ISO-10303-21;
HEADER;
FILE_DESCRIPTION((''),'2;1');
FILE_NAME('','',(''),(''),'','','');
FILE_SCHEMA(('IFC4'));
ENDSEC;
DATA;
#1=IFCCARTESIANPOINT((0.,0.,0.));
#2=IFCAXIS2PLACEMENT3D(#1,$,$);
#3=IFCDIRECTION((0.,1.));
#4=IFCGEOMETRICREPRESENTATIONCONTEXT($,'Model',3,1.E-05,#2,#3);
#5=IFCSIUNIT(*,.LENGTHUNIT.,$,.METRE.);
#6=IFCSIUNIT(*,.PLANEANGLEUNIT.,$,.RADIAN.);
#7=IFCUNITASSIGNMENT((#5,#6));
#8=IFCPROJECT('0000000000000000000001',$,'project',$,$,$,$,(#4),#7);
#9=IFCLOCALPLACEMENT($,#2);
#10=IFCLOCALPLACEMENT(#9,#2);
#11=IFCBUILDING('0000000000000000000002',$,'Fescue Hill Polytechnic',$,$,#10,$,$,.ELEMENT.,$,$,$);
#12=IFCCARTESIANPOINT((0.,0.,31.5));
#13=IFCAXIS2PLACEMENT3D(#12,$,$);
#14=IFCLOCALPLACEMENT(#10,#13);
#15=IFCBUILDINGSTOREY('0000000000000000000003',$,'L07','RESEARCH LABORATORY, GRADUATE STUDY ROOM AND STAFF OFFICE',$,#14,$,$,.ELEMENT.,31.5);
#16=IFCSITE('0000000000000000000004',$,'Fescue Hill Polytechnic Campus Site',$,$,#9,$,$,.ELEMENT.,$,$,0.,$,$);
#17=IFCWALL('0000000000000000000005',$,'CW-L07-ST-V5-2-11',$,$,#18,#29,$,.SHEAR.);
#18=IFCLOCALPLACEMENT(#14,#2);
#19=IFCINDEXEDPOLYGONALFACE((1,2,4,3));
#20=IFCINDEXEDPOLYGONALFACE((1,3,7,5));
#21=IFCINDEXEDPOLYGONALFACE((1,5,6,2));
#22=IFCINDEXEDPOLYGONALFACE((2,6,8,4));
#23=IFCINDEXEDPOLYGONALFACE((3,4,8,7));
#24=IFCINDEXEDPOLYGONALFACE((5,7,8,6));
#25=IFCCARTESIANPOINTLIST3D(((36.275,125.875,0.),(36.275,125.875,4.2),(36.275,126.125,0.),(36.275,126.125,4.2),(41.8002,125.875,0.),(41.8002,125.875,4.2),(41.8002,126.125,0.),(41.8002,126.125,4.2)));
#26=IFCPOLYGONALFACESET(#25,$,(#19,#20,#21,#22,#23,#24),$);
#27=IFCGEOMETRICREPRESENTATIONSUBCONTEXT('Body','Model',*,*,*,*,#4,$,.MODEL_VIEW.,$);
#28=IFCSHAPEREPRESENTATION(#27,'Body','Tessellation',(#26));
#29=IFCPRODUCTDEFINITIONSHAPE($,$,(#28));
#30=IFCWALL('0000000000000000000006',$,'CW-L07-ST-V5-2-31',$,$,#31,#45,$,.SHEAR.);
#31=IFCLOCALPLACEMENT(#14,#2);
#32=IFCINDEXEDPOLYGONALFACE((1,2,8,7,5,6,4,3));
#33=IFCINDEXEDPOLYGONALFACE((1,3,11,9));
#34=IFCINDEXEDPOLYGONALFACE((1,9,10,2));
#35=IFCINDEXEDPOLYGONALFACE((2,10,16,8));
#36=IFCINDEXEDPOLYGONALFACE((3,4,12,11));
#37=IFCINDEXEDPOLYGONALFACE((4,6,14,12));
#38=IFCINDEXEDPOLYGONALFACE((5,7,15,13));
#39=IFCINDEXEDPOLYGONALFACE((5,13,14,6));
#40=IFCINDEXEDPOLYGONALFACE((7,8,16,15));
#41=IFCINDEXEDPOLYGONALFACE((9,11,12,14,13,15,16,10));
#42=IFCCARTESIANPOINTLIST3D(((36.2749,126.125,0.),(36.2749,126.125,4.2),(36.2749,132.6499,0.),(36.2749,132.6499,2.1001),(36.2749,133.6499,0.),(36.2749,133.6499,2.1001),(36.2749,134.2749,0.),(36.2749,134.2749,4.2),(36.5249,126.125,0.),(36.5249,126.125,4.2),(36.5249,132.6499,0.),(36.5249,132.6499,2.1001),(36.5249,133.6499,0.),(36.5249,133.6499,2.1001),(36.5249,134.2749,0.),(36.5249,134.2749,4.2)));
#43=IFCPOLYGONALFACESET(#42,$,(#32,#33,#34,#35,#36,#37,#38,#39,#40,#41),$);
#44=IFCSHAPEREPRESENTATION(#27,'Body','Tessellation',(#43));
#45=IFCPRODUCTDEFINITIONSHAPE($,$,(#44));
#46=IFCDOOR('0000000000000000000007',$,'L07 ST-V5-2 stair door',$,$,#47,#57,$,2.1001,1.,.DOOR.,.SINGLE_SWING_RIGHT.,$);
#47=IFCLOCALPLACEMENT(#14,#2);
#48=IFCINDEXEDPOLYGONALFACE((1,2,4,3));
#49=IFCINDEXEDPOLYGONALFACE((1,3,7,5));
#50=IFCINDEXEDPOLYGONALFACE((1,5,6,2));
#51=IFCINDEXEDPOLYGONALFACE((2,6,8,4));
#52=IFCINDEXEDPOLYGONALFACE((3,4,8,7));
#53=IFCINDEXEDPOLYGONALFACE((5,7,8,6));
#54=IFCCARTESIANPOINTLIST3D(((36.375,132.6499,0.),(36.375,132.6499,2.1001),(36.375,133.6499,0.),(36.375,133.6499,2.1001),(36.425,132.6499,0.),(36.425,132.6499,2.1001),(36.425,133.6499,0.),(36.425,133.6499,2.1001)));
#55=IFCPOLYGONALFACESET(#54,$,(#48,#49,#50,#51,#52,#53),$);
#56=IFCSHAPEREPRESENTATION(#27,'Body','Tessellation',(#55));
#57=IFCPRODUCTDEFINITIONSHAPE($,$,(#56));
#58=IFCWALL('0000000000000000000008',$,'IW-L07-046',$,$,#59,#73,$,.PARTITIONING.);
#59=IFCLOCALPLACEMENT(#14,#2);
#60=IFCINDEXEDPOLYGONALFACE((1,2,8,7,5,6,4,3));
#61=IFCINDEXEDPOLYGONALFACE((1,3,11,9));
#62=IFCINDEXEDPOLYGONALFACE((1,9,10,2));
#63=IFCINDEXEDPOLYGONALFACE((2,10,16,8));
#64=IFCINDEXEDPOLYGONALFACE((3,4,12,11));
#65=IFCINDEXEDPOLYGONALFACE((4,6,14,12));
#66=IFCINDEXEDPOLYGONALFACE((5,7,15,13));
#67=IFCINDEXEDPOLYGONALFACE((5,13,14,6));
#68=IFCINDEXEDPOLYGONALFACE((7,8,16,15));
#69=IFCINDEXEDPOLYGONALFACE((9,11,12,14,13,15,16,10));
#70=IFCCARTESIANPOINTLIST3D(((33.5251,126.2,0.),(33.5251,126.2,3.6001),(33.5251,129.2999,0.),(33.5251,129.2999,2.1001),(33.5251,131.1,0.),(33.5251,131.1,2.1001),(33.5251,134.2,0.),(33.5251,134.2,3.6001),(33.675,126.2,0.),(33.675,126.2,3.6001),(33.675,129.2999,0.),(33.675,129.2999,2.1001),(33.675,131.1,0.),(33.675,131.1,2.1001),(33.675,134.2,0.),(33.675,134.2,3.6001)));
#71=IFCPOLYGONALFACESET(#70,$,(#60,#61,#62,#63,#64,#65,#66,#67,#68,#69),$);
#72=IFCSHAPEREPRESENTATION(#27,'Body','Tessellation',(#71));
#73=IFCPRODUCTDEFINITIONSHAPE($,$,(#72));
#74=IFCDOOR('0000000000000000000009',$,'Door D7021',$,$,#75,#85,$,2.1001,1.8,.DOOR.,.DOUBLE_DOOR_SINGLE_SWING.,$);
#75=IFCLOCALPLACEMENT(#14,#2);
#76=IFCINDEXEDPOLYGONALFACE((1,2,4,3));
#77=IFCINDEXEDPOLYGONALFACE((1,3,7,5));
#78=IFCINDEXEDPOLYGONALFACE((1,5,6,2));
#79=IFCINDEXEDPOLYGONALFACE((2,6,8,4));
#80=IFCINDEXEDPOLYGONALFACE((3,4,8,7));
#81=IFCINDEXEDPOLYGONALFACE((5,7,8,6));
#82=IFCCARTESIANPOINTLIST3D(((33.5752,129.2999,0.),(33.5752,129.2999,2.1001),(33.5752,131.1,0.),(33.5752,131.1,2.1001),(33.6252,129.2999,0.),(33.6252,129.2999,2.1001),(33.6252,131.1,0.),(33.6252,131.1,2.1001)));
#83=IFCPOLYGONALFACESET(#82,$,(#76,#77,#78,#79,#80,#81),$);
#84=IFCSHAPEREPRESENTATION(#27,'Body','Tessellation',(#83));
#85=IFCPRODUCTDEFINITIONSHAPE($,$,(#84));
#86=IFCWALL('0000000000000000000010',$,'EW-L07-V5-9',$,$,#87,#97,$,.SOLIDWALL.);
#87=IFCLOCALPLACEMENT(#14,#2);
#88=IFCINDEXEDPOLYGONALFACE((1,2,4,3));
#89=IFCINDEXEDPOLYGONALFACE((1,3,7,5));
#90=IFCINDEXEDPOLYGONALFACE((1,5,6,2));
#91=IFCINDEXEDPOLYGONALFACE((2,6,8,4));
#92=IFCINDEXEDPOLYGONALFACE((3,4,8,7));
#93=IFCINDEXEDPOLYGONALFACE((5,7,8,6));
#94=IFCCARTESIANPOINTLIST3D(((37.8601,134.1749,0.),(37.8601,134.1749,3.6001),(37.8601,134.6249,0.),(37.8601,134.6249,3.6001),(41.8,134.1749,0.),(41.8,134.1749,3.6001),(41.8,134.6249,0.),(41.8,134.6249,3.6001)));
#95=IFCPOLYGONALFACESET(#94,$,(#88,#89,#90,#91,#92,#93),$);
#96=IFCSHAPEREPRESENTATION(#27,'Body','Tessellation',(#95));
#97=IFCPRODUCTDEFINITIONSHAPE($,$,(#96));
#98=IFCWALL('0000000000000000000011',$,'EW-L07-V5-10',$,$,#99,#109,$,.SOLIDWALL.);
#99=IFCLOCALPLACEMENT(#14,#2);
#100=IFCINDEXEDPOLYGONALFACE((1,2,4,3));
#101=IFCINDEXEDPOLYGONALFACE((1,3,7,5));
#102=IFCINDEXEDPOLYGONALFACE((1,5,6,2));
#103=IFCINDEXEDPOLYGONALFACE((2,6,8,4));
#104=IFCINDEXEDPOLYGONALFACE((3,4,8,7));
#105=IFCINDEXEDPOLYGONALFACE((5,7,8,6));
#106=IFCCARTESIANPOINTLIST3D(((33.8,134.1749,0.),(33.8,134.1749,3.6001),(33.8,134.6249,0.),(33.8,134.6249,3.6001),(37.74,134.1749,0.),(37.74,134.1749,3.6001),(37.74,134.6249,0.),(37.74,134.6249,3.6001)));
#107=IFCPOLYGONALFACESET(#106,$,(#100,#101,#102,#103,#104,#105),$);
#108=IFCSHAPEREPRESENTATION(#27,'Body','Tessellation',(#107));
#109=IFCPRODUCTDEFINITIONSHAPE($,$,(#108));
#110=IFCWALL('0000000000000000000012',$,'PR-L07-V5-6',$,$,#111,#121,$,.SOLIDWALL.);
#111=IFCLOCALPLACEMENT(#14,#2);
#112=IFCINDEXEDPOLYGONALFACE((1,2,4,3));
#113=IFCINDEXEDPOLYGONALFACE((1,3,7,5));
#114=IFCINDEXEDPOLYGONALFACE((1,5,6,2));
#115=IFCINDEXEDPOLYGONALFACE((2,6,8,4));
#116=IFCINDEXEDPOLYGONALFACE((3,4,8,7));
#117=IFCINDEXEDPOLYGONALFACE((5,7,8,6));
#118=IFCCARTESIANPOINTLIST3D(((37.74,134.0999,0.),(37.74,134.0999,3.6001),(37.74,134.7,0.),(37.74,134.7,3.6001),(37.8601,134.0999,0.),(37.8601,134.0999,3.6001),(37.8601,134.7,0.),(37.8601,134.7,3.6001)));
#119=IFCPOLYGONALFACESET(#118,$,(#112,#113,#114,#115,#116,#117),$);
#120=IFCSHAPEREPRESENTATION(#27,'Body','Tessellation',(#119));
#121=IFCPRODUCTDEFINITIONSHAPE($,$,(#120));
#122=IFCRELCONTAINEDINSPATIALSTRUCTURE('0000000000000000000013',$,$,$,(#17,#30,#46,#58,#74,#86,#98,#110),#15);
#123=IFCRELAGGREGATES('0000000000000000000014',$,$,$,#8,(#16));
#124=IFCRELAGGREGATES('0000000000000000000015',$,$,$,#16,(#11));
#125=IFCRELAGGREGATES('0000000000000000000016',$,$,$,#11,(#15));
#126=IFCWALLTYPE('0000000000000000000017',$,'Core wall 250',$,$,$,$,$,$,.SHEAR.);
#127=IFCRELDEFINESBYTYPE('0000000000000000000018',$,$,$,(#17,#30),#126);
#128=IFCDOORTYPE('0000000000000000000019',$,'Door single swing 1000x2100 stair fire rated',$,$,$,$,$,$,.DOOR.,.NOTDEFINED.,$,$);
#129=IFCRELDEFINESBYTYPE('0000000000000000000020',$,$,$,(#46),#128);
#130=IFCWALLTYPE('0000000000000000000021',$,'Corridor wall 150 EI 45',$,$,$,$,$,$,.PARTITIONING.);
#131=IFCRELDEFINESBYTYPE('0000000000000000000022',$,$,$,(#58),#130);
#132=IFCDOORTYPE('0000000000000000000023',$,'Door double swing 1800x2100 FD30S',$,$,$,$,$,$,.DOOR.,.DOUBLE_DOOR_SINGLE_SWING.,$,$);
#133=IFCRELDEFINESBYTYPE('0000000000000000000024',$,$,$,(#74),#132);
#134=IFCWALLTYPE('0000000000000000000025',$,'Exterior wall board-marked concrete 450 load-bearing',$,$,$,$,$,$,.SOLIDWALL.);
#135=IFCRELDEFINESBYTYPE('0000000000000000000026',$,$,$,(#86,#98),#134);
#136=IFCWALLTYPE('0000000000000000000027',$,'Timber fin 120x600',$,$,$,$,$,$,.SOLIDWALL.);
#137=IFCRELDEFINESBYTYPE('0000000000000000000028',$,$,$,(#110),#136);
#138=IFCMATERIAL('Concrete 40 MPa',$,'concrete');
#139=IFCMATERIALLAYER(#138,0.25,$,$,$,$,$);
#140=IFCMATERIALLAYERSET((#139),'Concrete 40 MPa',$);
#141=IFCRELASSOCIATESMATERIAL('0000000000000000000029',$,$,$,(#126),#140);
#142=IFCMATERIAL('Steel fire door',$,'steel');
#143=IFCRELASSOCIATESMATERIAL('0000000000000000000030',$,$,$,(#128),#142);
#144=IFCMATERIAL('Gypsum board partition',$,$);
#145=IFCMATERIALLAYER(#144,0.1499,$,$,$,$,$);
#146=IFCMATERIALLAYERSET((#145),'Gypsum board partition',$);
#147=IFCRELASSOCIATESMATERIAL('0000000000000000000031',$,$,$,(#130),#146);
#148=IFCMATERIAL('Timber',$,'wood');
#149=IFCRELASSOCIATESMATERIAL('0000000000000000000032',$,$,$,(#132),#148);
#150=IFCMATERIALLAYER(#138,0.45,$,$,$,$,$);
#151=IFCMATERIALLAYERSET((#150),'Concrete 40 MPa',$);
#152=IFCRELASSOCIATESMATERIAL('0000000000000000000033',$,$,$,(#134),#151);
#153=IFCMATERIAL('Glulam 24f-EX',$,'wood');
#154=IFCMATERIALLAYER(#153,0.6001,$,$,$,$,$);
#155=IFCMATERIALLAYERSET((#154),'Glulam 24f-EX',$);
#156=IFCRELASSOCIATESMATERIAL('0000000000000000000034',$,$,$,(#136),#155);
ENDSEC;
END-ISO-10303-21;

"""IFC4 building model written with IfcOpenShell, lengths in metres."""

from ifc_helpers import new_model, si_unit, direction, frame, frame_2d, origin, place, context, subcontext, project, spatial, rectangle, extrude, material, layer, layer_set, type_object, element, fill, save


model = new_model("IFC4")

# Units and contexts
model_context = context("Model", 3, precision=1e-05, world=origin(), true_north=direction((0.0, 1.0)))
body_context = subcontext(model_context, "Body", "Model", "MODEL_VIEW")
ifc_project = project(units=[si_unit("LENGTHUNIT", "METRE"), si_unit("PLANEANGLEUNIT", "RADIAN")], contexts=[model_context])

# Site, building, storey
site_placement = place(None, origin())
site = spatial("IfcSite", under=ifc_project, at=site_placement, Name="Fescue Hill Polytechnic Campus Site", CompositionType="ELEMENT", RefElevation=0.0)
building_placement = place(site_placement, origin())
building = spatial("IfcBuilding", under=site, at=building_placement, Name="Fescue Hill Polytechnic", CompositionType="ELEMENT")
storey_placement = place(building_placement, frame((0.0, 0.0, 31.5)))
storey = spatial("IfcBuildingStorey", under=building, at=storey_placement, Name="L07", Description="RESEARCH LABORATORY, GRADUATE STUDY ROOM AND STAFF OFFICE", CompositionType="ELEMENT", Elevation=31.5)

# Shared definitions
ifc_material_1 = material(Name="Concrete 40 MPa", Category="concrete")

# Wall
ifc_layer_1 = layer(ifc_material_1, 0.25)
ifc_layer_set_1 = layer_set([ifc_layer_1], Name="Concrete 40 MPa")
wall_type_1 = type_object("IfcWallType", Name="Core wall 250", PredefinedType="SHEAR", material=ifc_layer_set_1)
wall_1_placement = place(storey_placement, frame((36.2749, 126.0, 0.0), z_axis=(0.0, 0.0, 1.0), x_axis=(1.0, 0.0, 0.0)))
element("IfcWall", 1, at=wall_1_placement, inside=storey, type_object=wall_type_1, Name="CW-L07-ST-V5-2-11", PredefinedType="SHEAR", context=body_context, shape_type="SweptSolid", body=[
    extrude(rectangle(XDim=5.5251, YDim=0.25, at=frame_2d((2.7627, 0.0))), origin(), (0.0, 0.0, 1.0), 4.2),
])

# Walls, openings, doors
wall_2_placement = place(storey_placement, frame((36.3999, 126.125, 0.0), z_axis=(0.0, 0.0, 1.0), x_axis=(0.0, 1.0, 0.0)))
wall_2 = element("IfcWall", 2, at=wall_2_placement, inside=storey, type_object=wall_type_1, Name="CW-L07-ST-V5-2-31", PredefinedType="SHEAR", context=body_context, shape_type="SweptSolid", body=[
    extrude(rectangle(XDim=8.1499, YDim=0.25, at=frame_2d((4.075, 0.0))), origin(), (0.0, 0.0, 1.0), 4.2),
])
opening_1_placement = place(wall_2_placement, frame((6.5249, 0.0, 0.0)))
opening_1 = element("IfcOpeningElement", 3, at=opening_1_placement, cuts=wall_2, PredefinedType="OPENING", context=body_context, shape_type="SweptSolid", body=[
    extrude(rectangle(XDim=1.0, YDim=2.1001, at=frame_2d((0.5, 1.05))), frame((0.0, 0.135, 0.0), z_axis=(0.0, -1.0, 0.0), x_axis=(1.0, 0.0, 0.0)), (0.0, 0.0, 1.0), 0.27),
])
ifc_material_2 = material(Name="Steel fire door", Category="steel")
door_type_1 = type_object("IfcDoorType", Name="Door single swing 1000x2100 stair fire rated", OperationType="NOTDEFINED", PredefinedType="DOOR", material=ifc_material_2)
door_1_placement = place(opening_1_placement, origin())
door_1 = element("IfcDoor", 4, at=door_1_placement, inside=storey, type_object=door_type_1, Name="L07 ST-V5-2 stair door", OperationType="SINGLE_SWING_RIGHT", OverallHeight=2.1001, OverallWidth=1.0, PredefinedType="DOOR", context=body_context, shape_type="SweptSolid", body=[
    extrude(rectangle(XDim=1.0, YDim=2.1001, at=frame_2d((0.5, 1.05))), frame((0.0, 0.0249, 0.0), z_axis=(0.0, -1.0, 0.0), x_axis=(1.0, 0.0, 0.0)), (0.0, 0.0, 1.0), 0.05),
])
fill(opening_1, door_1)
ifc_material_3 = material(Name="Gypsum board partition")
ifc_layer_2 = layer(ifc_material_3, 0.1499)
ifc_layer_set_2 = layer_set([ifc_layer_2], Name="Gypsum board partition")
wall_type_2 = type_object("IfcWallType", Name="Corridor wall 150 EI 45", PredefinedType="PARTITIONING", material=ifc_layer_set_2)
wall_3_placement = place(storey_placement, frame((33.6001, 126.2, 0.0), z_axis=(0.0, 0.0, 1.0), x_axis=(0.0, 1.0, 0.0)))
wall_3 = element("IfcWall", 5, at=wall_3_placement, inside=storey, type_object=wall_type_2, Name="IW-L07-046", PredefinedType="PARTITIONING", context=body_context, shape_type="SweptSolid", body=[
    extrude(rectangle(XDim=8.0, YDim=0.1499, at=frame_2d((4.0, 0.0))), origin(), (0.0, 0.0, 1.0), 3.6001),
])
opening_2_placement = place(wall_3_placement, frame((3.1001, 0.0, 0.0)))
opening_2 = element("IfcOpeningElement", 6, at=opening_2_placement, cuts=wall_3, PredefinedType="OPENING", context=body_context, shape_type="SweptSolid", body=[
    extrude(rectangle(XDim=1.8, YDim=2.1001, at=frame_2d((0.8999, 1.05))), frame((0.0, 0.085, 0.0), z_axis=(0.0, -1.0, 0.0), x_axis=(1.0, 0.0, 0.0)), (0.0, 0.0, 1.0), 0.1699),
])
ifc_material_4 = material(Name="Timber", Category="wood")
door_type_2 = type_object("IfcDoorType", Name="Door double swing 1800x2100 FD30S", OperationType="DOUBLE_DOOR_SINGLE_SWING", PredefinedType="DOOR", material=ifc_material_4)
door_2_placement = place(opening_2_placement, origin())
door_2 = element("IfcDoor", 7, at=door_2_placement, inside=storey, type_object=door_type_2, Name="Door D7021", OperationType="DOUBLE_DOOR_SINGLE_SWING", OverallHeight=2.1001, OverallWidth=1.8, PredefinedType="DOOR", context=body_context, shape_type="SweptSolid", body=[
    extrude(rectangle(XDim=1.8, YDim=2.1001, at=frame_2d((0.8999, 1.05))), frame((0.0, 0.0249, 0.0), z_axis=(0.0, -1.0, 0.0), x_axis=(1.0, 0.0, 0.0)), (0.0, 0.0, 1.0), 0.05),
])
fill(opening_2, door_2)

# Walls
ifc_layer_3 = layer(ifc_material_1, 0.45)
ifc_layer_set_3 = layer_set([ifc_layer_3], Name="Concrete 40 MPa")
wall_type_3 = type_object("IfcWallType", Name="Exterior wall board-marked concrete 450 load-bearing", PredefinedType="SOLIDWALL", material=ifc_layer_set_3)
for number, where, z_axis, x_axis, name in (
    (8, (41.8, 134.3999, 0.0), (0.0, 0.0, 1.0), (-1.0, 0.0, 0.0), "EW-L07-V5-9"),
    (9, (37.74, 134.3999, 0.0), (0.0, 0.0, 1.0), (-1.0, 0.0, 0.0), "EW-L07-V5-10"),
):
    element("IfcWall", number, at=place(storey_placement, frame(where, z_axis=z_axis, x_axis=x_axis)), inside=storey, type_object=wall_type_3, Name=name, PredefinedType="SOLIDWALL", context=body_context, shape_type="SweptSolid", body=[
        extrude(rectangle(XDim=3.9399, YDim=0.45, at=frame_2d((1.97, 0.0))), origin(), (0.0, 0.0, 1.0), 3.6001),
    ])
ifc_material_5 = material(Name="Glulam 24f-EX", Category="wood")
ifc_layer_4 = layer(ifc_material_5, 0.6001)
ifc_layer_set_4 = layer_set([ifc_layer_4], Name="Glulam 24f-EX")
wall_type_4 = type_object("IfcWallType", Name="Timber fin 120x600", PredefinedType="SOLIDWALL", material=ifc_layer_set_4)
wall_4_placement = place(storey_placement, frame((37.8601, 134.3999, 0.0), z_axis=(0.0, 0.0, 1.0), x_axis=(-1.0, 0.0, 0.0)))
element("IfcWall", 10, at=wall_4_placement, inside=storey, type_object=wall_type_4, Name="PR-L07-V5-6", PredefinedType="SOLIDWALL", context=body_context, shape_type="SweptSolid", body=[
    extrude(rectangle(XDim=0.1201, YDim=0.6001, at=frame_2d((0.0601, 0.0))), origin(), (0.0, 0.0, 1.0), 3.6001),
])

save(model, "model.ifc")
